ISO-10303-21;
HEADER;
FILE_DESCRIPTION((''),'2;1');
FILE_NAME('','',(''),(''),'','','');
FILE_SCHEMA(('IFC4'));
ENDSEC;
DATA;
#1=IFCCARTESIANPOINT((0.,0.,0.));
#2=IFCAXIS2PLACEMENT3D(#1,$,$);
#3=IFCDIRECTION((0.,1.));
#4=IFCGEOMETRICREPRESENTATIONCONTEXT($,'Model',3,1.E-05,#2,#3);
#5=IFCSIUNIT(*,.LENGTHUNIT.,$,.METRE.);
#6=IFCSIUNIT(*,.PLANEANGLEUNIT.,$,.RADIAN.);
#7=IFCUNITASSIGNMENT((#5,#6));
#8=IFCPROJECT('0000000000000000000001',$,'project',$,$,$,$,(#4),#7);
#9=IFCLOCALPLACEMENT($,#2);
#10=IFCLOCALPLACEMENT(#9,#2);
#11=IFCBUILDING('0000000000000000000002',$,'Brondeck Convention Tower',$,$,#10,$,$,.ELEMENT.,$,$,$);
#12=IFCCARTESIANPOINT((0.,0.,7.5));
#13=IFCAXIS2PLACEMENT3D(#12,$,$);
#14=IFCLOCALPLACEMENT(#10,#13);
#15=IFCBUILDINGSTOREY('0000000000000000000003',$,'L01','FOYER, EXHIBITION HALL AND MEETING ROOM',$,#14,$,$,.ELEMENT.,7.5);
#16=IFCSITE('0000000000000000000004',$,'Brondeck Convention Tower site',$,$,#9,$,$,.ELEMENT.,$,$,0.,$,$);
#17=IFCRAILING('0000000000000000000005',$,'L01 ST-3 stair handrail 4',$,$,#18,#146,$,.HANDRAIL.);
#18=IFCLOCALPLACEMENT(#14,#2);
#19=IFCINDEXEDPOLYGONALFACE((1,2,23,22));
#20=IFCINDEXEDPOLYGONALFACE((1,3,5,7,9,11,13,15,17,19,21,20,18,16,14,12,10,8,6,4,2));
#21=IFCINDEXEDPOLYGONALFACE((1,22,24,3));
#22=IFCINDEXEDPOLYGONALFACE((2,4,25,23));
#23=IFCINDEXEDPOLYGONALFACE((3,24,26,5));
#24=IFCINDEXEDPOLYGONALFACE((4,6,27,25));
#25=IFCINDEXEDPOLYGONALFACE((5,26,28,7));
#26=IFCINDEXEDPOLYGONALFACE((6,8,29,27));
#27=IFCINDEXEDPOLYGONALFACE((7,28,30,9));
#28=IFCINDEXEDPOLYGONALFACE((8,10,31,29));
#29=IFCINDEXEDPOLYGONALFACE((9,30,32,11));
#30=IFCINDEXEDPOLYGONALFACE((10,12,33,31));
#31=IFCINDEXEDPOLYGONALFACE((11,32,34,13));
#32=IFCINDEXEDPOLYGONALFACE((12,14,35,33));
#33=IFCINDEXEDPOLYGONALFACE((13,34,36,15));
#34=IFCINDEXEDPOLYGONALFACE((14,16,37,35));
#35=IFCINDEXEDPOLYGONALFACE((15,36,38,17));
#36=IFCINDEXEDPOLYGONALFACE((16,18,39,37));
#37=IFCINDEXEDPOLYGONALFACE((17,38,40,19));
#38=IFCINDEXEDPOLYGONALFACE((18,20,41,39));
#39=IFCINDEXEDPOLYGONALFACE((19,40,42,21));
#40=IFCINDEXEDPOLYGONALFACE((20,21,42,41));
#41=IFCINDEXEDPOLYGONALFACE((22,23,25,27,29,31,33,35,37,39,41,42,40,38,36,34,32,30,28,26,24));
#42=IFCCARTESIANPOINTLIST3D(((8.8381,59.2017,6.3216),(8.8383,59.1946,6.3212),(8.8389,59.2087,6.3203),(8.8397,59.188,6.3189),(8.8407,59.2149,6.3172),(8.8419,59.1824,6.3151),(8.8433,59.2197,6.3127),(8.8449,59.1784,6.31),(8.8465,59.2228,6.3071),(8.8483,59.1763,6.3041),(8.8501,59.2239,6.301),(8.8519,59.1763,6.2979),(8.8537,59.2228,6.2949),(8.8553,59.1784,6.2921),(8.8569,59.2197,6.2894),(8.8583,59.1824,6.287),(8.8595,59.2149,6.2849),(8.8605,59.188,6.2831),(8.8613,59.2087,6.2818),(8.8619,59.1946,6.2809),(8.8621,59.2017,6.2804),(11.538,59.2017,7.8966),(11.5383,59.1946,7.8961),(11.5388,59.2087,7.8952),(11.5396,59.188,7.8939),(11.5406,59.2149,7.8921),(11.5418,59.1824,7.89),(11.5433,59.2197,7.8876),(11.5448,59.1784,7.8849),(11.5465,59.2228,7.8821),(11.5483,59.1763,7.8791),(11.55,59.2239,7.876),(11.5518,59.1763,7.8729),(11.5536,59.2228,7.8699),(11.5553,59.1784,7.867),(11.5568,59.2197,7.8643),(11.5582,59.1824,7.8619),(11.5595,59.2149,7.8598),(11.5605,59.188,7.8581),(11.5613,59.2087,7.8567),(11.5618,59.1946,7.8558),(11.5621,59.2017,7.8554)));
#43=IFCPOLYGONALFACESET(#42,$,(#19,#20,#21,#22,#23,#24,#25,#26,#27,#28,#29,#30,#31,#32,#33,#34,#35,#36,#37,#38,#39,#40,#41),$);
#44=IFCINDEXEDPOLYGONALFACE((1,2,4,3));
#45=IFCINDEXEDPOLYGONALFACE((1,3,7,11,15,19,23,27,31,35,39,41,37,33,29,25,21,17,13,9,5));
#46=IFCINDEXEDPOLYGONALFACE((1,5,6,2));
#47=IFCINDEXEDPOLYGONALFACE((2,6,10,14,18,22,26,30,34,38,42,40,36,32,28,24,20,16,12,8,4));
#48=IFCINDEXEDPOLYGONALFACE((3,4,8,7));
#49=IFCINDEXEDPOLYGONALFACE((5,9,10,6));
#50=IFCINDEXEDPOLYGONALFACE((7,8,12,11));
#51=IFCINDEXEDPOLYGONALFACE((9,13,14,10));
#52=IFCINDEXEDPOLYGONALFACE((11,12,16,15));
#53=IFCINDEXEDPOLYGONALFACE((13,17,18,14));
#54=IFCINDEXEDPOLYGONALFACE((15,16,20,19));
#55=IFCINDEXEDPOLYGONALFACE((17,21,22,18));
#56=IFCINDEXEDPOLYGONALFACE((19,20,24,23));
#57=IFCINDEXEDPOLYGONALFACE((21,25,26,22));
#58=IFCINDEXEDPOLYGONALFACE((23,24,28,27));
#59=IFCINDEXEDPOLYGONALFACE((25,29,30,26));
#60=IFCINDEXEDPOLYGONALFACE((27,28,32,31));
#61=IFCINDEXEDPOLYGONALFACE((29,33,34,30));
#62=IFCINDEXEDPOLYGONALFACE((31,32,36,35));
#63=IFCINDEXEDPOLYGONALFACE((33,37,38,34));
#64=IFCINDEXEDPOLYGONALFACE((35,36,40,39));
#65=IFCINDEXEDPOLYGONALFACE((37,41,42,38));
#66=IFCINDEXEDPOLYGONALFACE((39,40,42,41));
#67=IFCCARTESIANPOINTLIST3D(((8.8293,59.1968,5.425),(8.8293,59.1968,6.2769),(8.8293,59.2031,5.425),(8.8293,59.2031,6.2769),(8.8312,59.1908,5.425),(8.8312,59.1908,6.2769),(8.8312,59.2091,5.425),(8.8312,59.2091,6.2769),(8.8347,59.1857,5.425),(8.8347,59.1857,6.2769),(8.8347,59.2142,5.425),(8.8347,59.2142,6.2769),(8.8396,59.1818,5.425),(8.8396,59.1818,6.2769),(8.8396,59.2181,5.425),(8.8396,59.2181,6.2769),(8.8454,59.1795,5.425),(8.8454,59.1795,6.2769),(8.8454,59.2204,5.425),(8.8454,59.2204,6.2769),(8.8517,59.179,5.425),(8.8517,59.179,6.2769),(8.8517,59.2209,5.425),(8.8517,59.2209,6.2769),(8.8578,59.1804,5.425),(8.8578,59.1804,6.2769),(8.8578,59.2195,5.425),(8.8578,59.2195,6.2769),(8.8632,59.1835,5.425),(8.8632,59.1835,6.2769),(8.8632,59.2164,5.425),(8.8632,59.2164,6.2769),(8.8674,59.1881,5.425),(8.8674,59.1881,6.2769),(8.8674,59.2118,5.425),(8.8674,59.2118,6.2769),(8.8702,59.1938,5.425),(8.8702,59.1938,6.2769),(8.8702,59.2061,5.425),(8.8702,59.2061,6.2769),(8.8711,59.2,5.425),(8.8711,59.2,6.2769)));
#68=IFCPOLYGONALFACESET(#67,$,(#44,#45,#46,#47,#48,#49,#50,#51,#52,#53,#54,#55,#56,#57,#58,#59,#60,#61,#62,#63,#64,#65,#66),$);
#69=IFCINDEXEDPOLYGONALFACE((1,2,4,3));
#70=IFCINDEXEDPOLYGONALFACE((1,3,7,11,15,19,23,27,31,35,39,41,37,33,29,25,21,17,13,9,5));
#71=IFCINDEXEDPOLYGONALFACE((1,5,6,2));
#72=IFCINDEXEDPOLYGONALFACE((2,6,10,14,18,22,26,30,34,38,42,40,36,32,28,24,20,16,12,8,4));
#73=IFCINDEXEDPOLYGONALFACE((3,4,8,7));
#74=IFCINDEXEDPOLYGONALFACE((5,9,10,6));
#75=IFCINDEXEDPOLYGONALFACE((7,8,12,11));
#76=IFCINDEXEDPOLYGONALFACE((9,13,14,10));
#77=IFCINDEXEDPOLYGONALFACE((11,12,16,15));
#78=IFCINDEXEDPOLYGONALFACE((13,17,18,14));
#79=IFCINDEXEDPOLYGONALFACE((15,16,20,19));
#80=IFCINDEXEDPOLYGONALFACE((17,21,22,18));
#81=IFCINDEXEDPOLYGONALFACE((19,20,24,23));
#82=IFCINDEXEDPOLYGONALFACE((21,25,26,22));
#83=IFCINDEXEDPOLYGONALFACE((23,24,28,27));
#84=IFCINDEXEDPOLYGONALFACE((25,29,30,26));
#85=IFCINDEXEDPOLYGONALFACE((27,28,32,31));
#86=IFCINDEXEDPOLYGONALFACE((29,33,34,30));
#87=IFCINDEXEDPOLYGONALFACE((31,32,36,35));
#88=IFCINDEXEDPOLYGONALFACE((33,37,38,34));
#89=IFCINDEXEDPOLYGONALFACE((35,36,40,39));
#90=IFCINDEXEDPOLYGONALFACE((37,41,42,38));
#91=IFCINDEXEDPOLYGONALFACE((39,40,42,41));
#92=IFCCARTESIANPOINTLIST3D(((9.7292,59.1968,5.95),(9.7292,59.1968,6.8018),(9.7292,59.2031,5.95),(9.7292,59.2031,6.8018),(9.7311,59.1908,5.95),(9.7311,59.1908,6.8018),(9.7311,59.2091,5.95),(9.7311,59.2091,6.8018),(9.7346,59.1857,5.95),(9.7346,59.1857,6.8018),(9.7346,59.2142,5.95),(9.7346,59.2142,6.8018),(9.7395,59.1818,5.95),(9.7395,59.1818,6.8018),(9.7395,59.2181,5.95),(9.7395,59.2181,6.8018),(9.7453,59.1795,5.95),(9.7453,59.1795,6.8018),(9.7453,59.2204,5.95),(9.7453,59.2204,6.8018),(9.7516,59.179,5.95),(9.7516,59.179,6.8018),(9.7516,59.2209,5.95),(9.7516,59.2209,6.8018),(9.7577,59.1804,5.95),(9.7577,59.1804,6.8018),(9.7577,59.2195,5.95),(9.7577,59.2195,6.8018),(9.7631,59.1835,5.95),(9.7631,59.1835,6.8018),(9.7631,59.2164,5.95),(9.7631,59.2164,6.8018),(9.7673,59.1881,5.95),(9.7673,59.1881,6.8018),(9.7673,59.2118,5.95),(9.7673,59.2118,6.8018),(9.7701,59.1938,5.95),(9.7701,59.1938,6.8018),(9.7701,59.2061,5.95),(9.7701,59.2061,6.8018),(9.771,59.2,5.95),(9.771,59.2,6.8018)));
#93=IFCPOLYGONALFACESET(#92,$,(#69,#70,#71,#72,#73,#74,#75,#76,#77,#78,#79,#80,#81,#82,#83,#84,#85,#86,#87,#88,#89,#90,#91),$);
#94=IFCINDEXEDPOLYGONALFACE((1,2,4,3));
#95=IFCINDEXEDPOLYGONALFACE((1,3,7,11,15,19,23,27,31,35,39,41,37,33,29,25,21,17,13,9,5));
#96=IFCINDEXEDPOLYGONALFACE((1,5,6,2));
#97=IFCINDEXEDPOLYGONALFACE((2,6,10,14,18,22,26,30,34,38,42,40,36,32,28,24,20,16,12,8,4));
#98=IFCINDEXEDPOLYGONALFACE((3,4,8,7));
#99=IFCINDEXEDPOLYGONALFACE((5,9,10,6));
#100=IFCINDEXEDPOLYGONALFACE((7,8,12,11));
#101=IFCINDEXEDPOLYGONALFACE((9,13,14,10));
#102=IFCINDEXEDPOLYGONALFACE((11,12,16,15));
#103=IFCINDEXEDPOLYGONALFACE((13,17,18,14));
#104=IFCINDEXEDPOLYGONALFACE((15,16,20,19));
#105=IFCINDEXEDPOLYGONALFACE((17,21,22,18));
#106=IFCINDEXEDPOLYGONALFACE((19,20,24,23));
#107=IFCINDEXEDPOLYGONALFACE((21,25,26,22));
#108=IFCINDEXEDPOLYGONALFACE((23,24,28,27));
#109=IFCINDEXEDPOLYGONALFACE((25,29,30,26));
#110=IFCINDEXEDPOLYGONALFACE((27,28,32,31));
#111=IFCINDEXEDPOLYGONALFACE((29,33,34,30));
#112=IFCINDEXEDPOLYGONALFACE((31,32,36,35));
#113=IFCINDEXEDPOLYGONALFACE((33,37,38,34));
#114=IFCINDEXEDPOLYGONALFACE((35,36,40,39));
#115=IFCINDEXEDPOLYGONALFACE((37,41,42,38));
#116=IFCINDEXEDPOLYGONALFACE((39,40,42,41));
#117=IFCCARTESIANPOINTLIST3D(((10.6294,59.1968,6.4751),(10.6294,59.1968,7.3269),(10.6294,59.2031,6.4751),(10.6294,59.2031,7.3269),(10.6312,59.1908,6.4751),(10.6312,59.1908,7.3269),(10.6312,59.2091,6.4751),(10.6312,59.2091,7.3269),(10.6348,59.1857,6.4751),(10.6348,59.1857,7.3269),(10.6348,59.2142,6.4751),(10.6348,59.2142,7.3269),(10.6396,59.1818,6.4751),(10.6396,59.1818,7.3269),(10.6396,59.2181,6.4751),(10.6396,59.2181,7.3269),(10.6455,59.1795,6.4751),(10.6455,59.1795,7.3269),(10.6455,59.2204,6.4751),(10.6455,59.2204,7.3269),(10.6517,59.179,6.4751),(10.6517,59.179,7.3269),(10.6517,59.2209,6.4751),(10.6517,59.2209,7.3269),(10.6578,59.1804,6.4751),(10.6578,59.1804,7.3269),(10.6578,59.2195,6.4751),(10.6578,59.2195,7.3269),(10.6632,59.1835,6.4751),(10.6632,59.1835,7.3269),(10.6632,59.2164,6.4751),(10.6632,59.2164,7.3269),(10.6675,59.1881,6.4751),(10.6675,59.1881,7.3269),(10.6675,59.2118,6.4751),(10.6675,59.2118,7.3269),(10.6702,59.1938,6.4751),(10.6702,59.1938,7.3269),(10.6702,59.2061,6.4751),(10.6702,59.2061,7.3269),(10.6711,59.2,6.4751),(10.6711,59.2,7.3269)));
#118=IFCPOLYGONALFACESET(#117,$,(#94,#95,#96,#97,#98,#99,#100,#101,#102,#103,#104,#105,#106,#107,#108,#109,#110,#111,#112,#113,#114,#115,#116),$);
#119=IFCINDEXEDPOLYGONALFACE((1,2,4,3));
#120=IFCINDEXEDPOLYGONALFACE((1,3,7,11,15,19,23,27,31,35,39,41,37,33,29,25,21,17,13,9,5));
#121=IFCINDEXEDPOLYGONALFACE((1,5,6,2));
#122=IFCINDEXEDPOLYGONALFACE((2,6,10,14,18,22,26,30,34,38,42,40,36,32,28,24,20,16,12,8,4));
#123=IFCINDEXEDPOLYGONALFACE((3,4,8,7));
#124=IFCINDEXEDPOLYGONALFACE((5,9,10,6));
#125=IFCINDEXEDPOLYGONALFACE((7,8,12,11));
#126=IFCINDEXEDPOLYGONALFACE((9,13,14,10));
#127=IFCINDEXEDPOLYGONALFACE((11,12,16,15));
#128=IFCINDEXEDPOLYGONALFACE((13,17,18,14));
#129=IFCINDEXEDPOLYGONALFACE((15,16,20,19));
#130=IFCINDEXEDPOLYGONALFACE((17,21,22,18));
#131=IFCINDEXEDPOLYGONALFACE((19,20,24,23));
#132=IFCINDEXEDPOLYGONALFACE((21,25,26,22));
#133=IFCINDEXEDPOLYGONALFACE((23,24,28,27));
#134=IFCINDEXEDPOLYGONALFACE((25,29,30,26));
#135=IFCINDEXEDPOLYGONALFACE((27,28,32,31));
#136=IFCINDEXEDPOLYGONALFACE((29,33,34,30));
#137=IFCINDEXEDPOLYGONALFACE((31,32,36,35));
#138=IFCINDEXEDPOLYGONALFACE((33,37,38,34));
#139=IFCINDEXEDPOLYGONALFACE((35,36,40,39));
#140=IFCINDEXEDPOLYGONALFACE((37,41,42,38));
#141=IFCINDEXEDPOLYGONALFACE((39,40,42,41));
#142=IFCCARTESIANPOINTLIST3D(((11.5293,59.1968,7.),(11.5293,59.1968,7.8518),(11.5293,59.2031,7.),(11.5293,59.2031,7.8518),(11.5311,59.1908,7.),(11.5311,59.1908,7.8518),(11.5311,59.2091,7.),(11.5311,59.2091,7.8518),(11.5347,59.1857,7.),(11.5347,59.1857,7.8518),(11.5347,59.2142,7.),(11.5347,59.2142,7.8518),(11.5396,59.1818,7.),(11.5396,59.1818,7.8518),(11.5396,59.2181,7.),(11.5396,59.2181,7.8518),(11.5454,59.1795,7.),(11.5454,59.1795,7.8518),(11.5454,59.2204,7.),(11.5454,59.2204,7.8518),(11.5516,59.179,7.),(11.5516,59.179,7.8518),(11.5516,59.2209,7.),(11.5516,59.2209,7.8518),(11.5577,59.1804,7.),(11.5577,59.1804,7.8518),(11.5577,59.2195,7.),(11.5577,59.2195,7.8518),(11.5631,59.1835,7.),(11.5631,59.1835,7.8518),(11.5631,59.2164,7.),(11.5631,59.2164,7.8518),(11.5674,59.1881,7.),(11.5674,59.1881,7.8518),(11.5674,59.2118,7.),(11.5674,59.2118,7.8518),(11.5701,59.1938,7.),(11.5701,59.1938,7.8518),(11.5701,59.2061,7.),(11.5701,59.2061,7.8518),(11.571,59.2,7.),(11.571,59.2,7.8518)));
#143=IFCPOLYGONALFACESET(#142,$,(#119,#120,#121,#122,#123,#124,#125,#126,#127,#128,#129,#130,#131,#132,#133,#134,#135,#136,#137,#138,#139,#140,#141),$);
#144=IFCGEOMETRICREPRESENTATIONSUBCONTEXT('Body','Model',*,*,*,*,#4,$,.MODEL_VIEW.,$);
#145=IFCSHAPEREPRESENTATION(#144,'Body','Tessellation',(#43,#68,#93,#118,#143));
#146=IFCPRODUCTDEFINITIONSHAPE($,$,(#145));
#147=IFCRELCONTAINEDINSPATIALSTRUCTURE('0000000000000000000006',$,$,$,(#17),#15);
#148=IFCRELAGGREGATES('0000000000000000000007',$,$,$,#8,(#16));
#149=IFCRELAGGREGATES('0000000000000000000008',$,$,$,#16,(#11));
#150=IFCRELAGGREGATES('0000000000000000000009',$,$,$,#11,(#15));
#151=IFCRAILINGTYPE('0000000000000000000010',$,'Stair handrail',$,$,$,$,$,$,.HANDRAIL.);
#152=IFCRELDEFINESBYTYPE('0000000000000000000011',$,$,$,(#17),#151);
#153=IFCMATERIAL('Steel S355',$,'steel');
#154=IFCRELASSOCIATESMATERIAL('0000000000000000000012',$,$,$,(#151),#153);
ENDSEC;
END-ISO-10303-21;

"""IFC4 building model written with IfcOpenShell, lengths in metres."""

from ifc_helpers import new_model, si_unit, direction, frame, origin, origin_2d, place, context, subcontext, project, spatial, circle, extrude, material, type_object, element, save


model = new_model("IFC4")

# Units and contexts
model_context = context("Model", 3, precision=1e-05, world=origin(), true_north=direction((0.0, 1.0)))
body_context = subcontext(model_context, "Body", "Model", "MODEL_VIEW")
ifc_project = project(units=[si_unit("LENGTHUNIT", "METRE"), si_unit("PLANEANGLEUNIT", "RADIAN")], contexts=[model_context])

# Site, building, storey
site_placement = place(None, origin())
site = spatial("IfcSite", under=ifc_project, at=site_placement, Name="Brondeck Convention Tower site", CompositionType="ELEMENT", RefElevation=0.0)
building_placement = place(site_placement, origin())
building = spatial("IfcBuilding", under=site, at=building_placement, Name="Brondeck Convention Tower", CompositionType="ELEMENT")
storey_placement = place(building_placement, frame((0.0, 0.0, 7.5)))
storey = spatial("IfcBuildingStorey", under=building, at=storey_placement, Name="L01", Description="FOYER, EXHIBITION HALL AND MEETING ROOM", CompositionType="ELEMENT", Elevation=7.5)

# Shared definitions
ifc_material_1 = material(Name="Steel S355", Category="steel")

# Railing
railing_type_1 = type_object("IfcRailingType", Name="Stair handrail", PredefinedType="HANDRAIL", material=ifc_material_1)
railing_1_placement = place(storey_placement, frame((8.8501, 59.2, 5.425)))
element("IfcRailing", 1, at=railing_1_placement, inside=storey, type_object=railing_type_1, Name="L01 ST-3 stair handrail 4", PredefinedType="HANDRAIL", context=body_context, shape_type="SweptSolid", body=[
    extrude(circle(Radius=0.0239, at=origin_2d()), frame((0.0, 0.0, 0.876), z_axis=(0.863782, 0.0, 0.503866), x_axis=(0.0, 1.0, 0.0)), (0.0, 0.0, 1.0), 3.1257),
    extrude(circle(Radius=0.021, at=origin_2d()), origin(), (0.0, 0.0, 1.0), 0.8518),
    extrude(circle(Radius=0.021, at=origin_2d()), frame((0.8999, 0.0, 0.5249)), (0.0, 0.0, 1.0), 0.8518),
    extrude(circle(Radius=0.021, at=origin_2d()), frame((1.8, 0.0, 1.05)), (0.0, 0.0, 1.0), 0.8518),
    extrude(circle(Radius=0.021, at=origin_2d()), frame((2.7, 0.0, 1.575)), (0.0, 0.0, 1.0), 0.8518),
])

save(model, "model.ifc")
